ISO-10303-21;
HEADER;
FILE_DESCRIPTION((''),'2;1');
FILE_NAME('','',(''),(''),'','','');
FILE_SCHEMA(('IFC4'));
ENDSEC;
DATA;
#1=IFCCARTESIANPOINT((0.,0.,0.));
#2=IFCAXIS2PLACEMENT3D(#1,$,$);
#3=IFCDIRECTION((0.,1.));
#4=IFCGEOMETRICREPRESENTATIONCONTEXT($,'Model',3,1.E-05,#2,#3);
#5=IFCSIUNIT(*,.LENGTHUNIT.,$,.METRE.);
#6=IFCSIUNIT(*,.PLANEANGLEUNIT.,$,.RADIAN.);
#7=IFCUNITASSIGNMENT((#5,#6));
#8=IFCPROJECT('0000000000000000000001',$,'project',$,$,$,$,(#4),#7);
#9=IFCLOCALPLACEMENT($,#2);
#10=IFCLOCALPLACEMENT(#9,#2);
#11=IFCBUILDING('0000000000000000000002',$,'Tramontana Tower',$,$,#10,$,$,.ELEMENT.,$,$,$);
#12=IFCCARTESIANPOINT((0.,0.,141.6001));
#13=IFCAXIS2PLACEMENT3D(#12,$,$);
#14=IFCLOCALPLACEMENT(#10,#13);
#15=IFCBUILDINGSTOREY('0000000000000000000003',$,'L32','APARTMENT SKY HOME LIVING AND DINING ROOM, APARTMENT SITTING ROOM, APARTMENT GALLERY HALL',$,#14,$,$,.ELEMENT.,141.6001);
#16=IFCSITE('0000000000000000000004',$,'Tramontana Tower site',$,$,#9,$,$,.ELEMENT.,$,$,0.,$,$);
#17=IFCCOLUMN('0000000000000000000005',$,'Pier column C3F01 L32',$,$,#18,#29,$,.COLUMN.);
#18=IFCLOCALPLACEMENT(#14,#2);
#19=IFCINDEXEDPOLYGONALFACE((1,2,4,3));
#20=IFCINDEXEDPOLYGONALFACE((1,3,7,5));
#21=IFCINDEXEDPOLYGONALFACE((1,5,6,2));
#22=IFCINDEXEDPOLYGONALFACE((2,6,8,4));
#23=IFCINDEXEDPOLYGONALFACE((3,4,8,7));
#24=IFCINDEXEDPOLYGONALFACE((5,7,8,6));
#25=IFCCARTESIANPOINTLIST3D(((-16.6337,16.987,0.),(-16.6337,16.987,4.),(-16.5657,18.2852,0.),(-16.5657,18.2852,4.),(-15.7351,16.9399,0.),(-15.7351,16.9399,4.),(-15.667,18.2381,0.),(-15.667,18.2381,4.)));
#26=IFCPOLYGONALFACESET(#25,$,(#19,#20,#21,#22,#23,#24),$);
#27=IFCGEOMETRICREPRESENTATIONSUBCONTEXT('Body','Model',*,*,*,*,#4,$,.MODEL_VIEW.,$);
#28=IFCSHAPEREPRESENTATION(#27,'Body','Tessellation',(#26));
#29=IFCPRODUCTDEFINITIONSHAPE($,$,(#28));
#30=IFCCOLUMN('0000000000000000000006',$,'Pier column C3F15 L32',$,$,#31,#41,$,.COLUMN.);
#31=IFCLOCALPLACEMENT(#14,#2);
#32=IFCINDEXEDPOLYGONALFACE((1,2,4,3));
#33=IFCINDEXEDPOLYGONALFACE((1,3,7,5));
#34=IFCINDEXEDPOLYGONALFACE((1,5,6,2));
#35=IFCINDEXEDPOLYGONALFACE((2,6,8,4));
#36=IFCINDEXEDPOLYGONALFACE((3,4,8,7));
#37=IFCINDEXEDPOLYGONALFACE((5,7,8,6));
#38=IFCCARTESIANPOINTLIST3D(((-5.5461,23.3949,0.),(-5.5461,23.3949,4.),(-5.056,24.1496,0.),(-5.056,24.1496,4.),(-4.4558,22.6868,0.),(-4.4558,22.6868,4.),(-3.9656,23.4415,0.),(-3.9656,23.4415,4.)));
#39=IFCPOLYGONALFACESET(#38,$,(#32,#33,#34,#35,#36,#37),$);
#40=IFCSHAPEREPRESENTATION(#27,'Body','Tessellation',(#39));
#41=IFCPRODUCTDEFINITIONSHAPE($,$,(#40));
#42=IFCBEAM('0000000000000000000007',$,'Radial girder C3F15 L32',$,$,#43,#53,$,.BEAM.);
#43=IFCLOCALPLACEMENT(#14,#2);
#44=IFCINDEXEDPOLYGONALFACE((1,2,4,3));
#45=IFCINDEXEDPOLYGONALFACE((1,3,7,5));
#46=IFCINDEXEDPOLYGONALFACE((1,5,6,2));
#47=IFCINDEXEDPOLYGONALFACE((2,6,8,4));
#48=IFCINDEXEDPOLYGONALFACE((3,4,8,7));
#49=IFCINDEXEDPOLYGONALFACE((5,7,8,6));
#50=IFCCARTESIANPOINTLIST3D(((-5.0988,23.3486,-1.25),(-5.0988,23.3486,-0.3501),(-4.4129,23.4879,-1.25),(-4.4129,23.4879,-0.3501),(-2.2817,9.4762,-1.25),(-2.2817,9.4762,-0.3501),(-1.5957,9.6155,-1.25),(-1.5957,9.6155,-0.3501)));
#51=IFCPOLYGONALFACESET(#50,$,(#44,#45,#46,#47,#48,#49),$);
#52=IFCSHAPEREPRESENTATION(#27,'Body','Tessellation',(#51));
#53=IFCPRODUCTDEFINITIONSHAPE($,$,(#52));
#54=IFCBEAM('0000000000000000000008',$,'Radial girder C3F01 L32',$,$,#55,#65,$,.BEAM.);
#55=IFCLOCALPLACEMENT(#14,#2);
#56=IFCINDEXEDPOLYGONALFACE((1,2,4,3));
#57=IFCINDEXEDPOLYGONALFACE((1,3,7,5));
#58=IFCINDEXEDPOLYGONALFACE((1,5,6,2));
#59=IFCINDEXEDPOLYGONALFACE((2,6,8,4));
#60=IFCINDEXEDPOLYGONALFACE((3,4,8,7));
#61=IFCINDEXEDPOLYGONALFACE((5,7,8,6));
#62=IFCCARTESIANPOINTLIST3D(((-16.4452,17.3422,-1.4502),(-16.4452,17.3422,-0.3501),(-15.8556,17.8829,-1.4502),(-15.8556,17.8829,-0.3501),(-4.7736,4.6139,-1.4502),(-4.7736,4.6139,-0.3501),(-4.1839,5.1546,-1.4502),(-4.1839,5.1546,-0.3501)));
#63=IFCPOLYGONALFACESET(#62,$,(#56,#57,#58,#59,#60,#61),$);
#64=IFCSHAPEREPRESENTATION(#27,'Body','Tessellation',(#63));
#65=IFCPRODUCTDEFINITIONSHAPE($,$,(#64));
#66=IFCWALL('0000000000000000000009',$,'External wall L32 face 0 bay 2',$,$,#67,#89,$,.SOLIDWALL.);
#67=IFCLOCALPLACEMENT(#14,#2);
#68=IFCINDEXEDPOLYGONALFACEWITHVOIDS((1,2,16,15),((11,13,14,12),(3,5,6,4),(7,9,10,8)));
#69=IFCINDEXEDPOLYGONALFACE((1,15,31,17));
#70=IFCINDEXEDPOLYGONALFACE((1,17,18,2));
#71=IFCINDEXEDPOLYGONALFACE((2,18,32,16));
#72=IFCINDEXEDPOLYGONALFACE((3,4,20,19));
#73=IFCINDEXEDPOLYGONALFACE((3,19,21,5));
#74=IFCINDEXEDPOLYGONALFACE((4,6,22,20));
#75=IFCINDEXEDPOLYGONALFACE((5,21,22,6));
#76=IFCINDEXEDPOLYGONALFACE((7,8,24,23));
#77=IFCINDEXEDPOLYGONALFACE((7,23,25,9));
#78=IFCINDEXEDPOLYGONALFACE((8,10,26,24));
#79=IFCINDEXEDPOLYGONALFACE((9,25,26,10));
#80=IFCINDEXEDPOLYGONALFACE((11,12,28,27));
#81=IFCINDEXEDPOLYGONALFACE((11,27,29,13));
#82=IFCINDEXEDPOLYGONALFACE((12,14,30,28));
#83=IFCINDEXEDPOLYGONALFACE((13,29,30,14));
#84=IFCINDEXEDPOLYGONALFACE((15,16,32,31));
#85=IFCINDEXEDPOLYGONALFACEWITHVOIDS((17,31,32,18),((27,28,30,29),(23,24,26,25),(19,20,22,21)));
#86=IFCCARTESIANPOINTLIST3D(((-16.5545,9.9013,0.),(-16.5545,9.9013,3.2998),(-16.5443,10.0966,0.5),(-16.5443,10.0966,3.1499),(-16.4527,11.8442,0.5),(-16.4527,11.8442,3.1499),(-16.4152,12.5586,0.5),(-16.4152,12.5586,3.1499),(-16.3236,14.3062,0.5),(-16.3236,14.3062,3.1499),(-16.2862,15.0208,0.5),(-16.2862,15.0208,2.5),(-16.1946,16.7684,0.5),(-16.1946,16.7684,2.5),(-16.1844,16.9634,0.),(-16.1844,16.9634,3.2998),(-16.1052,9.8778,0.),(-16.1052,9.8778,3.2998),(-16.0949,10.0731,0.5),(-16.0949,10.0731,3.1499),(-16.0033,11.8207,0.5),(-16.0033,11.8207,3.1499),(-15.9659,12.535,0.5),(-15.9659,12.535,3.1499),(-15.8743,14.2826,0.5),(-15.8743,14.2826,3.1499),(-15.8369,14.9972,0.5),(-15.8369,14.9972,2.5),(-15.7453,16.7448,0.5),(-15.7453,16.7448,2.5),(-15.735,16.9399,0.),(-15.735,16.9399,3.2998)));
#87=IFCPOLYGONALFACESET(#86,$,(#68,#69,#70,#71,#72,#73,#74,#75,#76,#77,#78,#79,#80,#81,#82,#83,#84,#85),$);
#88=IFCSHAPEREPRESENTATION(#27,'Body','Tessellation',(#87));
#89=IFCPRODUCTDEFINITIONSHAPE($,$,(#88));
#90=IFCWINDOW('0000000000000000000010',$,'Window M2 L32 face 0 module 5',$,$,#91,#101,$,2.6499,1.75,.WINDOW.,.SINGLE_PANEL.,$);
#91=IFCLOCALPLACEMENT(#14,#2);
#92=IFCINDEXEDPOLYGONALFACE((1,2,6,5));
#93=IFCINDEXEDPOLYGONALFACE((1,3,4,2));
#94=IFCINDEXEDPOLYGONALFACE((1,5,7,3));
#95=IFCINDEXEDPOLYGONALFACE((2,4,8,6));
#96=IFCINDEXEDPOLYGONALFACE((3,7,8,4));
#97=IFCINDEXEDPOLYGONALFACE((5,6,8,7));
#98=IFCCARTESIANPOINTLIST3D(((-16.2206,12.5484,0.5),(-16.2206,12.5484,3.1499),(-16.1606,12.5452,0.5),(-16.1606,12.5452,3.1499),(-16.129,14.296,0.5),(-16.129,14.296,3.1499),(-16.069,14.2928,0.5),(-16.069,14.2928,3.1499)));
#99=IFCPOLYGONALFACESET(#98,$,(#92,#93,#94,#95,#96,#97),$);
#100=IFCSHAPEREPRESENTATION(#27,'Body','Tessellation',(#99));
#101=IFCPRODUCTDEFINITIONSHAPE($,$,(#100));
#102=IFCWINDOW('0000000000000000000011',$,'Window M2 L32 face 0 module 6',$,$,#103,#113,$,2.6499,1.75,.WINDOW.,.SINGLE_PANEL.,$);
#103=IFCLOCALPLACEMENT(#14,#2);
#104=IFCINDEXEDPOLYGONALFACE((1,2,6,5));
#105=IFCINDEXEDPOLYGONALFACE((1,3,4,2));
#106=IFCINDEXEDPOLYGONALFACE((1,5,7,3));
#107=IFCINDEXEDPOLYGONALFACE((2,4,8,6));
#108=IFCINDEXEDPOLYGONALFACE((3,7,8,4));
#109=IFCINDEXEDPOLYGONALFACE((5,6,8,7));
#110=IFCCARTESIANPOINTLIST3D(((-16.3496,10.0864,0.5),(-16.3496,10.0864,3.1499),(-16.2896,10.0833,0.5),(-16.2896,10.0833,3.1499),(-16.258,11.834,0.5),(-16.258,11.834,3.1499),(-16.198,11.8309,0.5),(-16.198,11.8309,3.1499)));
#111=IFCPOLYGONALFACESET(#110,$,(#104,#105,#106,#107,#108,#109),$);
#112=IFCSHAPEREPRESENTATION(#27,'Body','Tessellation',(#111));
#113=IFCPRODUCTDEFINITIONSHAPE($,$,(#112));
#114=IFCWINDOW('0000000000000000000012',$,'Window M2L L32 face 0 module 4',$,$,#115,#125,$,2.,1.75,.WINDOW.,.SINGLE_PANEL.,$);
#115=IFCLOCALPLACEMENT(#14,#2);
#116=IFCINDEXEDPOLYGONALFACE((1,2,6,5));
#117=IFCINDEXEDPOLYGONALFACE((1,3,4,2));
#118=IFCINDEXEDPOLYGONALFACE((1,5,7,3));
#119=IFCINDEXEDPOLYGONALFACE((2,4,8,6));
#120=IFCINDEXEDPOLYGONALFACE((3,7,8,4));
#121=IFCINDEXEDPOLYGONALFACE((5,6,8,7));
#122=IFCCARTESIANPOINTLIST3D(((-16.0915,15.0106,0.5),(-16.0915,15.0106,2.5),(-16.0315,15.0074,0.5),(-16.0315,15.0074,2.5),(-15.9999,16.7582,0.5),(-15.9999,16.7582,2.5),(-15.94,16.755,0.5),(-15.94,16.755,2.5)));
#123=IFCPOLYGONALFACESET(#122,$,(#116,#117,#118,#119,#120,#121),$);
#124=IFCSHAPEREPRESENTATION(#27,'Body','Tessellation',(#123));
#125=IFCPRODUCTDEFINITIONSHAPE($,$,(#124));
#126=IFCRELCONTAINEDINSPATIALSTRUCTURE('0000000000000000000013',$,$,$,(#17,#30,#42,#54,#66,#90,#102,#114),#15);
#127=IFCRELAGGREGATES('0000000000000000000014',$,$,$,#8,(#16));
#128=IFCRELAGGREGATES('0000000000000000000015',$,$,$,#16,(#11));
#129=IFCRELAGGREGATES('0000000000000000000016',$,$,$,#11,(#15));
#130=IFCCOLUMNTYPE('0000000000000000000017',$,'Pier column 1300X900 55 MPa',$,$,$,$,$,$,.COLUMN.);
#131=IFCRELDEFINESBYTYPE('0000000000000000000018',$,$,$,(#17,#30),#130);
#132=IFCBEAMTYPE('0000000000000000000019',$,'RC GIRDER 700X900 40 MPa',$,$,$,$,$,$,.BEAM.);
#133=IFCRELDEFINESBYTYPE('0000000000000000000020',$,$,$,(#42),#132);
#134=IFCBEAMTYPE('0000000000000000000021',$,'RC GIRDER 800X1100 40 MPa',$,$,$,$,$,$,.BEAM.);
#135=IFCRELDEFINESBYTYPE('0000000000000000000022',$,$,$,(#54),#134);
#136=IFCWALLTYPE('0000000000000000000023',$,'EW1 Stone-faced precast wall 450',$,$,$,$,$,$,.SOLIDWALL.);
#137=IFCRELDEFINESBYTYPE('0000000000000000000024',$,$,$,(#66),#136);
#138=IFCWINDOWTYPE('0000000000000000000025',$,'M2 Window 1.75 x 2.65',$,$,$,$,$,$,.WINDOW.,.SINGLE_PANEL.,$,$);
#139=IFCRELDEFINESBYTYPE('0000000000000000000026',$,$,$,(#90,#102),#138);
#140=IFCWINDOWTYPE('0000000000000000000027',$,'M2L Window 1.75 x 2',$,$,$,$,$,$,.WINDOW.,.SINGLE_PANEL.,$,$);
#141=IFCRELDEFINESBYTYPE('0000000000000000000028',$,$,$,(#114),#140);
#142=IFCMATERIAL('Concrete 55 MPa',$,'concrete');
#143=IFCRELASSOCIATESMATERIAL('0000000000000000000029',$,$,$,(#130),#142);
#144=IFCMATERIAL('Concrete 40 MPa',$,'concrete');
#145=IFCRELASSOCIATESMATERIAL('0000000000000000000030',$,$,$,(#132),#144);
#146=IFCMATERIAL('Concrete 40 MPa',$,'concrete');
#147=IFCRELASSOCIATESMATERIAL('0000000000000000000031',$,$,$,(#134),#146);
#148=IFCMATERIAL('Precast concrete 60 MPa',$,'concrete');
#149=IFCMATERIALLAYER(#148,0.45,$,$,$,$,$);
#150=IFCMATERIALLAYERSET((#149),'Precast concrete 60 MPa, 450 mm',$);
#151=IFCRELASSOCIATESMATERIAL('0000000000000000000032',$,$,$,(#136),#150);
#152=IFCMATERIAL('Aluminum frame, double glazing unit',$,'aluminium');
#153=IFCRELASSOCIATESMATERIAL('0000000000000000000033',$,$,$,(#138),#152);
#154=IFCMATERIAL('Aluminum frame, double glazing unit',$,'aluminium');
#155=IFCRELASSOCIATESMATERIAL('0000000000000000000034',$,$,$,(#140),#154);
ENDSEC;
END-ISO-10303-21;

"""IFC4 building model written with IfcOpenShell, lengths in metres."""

from ifc_helpers import new_model, si_unit, direction, frame, frame_2d, origin, origin_2d, place, context, subcontext, project, spatial, rectangle, extrude, material, layer, layer_set, material_profile, profile_set, type_object, element, fill, save


model = new_model("IFC4")

# Units and contexts
model_context = context("Model", 3, precision=1e-05, world=origin(), true_north=direction((0.0, 1.0)))
body_context = subcontext(model_context, "Body", "Model", "MODEL_VIEW")
ifc_project = project(units=[si_unit("LENGTHUNIT", "METRE"), si_unit("PLANEANGLEUNIT", "RADIAN")], contexts=[model_context])

# Site, building, storey
site_placement = place(None, origin())
site = spatial("IfcSite", under=ifc_project, at=site_placement, Name="Tramontana Tower site", CompositionType="ELEMENT", RefElevation=0.0)
building_placement = place(site_placement, origin())
building = spatial("IfcBuilding", under=site, at=building_placement, Name="Tramontana Tower", CompositionType="ELEMENT")
storey_placement = place(building_placement, frame((0.0, 0.0, 141.6001)))
storey = spatial("IfcBuildingStorey", under=building, at=storey_placement, Name="L32", Description="APARTMENT SKY HOME LIVING AND DINING ROOM, APARTMENT SITTING ROOM, APARTMENT GALLERY HALL", CompositionType="ELEMENT", Elevation=141.6001)

# Columns
ifc_material_1 = material(Name="Concrete 55 MPa", Category="concrete")
ifc_material_profile_1 = material_profile(ifc_material_1, rectangle(XDim=1.3, YDim=0.8999, at=origin_2d()), Name="Pier column 1300X900 55 MPa")
ifc_profile_set_1 = profile_set([ifc_material_profile_1], Name="Concrete 55 MPa")
column_type = type_object("IfcColumnType", Name="Pier column 1300X900 55 MPa", PredefinedType="COLUMN", material=ifc_profile_set_1)
for number, where, z_axis, x_axis, name in (
    (1, (-16.1504, 17.6125, 0.0), (0.0, 0.0, 1.0), (-0.052336, -0.99863, 0.0), "Pier column C3F01 L32"),
    (2, (-4.7559, 23.4182, 0.0), (0.0, 0.0, 1.0), (-0.838671, 0.544639, 0.0), "Pier column C3F15 L32"),
):
    element("IfcColumn", number, at=place(storey_placement, frame(where, z_axis=z_axis, x_axis=x_axis)), inside=storey, type_object=column_type, Name=name, PredefinedType="COLUMN", context=body_context, shape_type="SweptSolid", body=[
        extrude(rectangle(XDim=1.3, YDim=0.8999, at=origin_2d()), origin(), (0.0, 0.0, 1.0), 4.0),
    ])

# Beams
ifc_material_2 = material(Name="Concrete 40 MPa", Category="concrete")
ifc_material_profile_2 = material_profile(ifc_material_2, rectangle(XDim=0.7, YDim=0.8999, at=origin_2d()), Name="RC GIRDER 700X900 40 MPa")
ifc_profile_set_2 = profile_set([ifc_material_profile_2], Name="Concrete 40 MPa")
beam_type_1 = type_object("IfcBeamType", Name="RC GIRDER 700X900 40 MPa", PredefinedType="BEAM", material=ifc_profile_set_2)
beam_1_placement = place(storey_placement, frame((-4.7559, 23.4182, -0.8), z_axis=(0.199014, -0.979997, 0.0), x_axis=(0.979997, 0.199014, 0.0)))
element("IfcBeam", 3, at=beam_1_placement, inside=storey, type_object=beam_type_1, Name="Radial girder C3F15 L32", PredefinedType="BEAM", context=body_context, shape_type="SweptSolid", body=[
    extrude(rectangle(XDim=0.7, YDim=0.8999, at=origin_2d()), origin(), (0.0, 0.0, 1.0), 14.1555),
])
ifc_material_3 = material(Name="Concrete 40 MPa", Category="concrete")
ifc_material_profile_3 = material_profile(ifc_material_3, rectangle(XDim=0.8, YDim=1.1001, at=origin_2d()), Name="RC GIRDER 800X1100 40 MPa")
ifc_profile_set_3 = profile_set([ifc_material_profile_3], Name="Concrete 40 MPa")
beam_type_2 = type_object("IfcBeamType", Name="RC GIRDER 800X1100 40 MPa", PredefinedType="BEAM", material=ifc_profile_set_3)
beam_2_placement = place(storey_placement, frame((-16.1504, 17.6125, -0.9001), z_axis=(0.675852, -0.737037, 0.0), x_axis=(0.737037, 0.675852, 0.0)))
element("IfcBeam", 4, at=beam_2_placement, inside=storey, type_object=beam_type_2, Name="Radial girder C3F01 L32", PredefinedType="BEAM", context=body_context, shape_type="SweptSolid", body=[
    extrude(rectangle(XDim=0.8, YDim=1.1001, at=origin_2d()), origin(), (0.0, 0.0, 1.0), 17.2695),
])

# Wall, openings, windows
ifc_material_4 = material(Name="Precast concrete 60 MPa", Category="concrete")
ifc_layer_1 = layer(ifc_material_4, 0.45)
ifc_layer_set_1 = layer_set([ifc_layer_1], Name="Precast concrete 60 MPa, 450 mm")
wall_type_1 = type_object("IfcWallType", Name="EW1 Stone-faced precast wall 450", PredefinedType="SOLIDWALL", material=ifc_layer_set_1)
wall_1_placement = place(storey_placement, frame((-15.9597, 16.9517, 0.0), z_axis=(0.0, 0.0, 1.0), x_axis=(-0.052338, -0.998629, 0.0)))
wall_1 = element("IfcWall", 5, at=wall_1_placement, inside=storey, type_object=wall_type_1, Name="External wall L32 face 0 bay 2", PredefinedType="SOLIDWALL", context=body_context, shape_type="SweptSolid", body=[
    extrude(rectangle(XDim=7.0718, YDim=0.45, at=frame_2d((3.5359, 0.0))), origin(), (0.0, 0.0, 1.0), 3.2998),
])
opening_1_placement = place(wall_1_placement, frame((0.1953, 0.0, 0.5)))
opening_1 = element("IfcOpeningElement", 6, at=opening_1_placement, cuts=wall_1, PredefinedType="OPENING", context=body_context, shape_type="SweptSolid", body=[
    extrude(rectangle(XDim=1.75, YDim=2.0, at=frame_2d((0.875, 1.0))), frame((0.0, 0.2349, 0.0), z_axis=(0.0, -1.0, 0.0), x_axis=(1.0, 0.0, 0.0)), (0.0, 0.0, 1.0), 0.47),
])
opening_2_placement = place(wall_1_placement, frame((2.6609, 0.0, 0.5)))
opening_2 = element("IfcOpeningElement", 7, at=opening_2_placement, cuts=wall_1, PredefinedType="OPENING", context=body_context, shape_type="SweptSolid", body=[
    extrude(rectangle(XDim=1.75, YDim=2.6499, at=frame_2d((0.875, 1.325))), frame((0.0, 0.2349, 0.0), z_axis=(0.0, -1.0, 0.0), x_axis=(1.0, 0.0, 0.0)), (0.0, 0.0, 1.0), 0.47),
])
opening_3_placement = place(wall_1_placement, frame((5.1262, 0.0, 0.5)))
opening_3 = element("IfcOpeningElement", 8, at=opening_3_placement, cuts=wall_1, PredefinedType="OPENING", context=body_context, shape_type="SweptSolid", body=[
    extrude(rectangle(XDim=1.75, YDim=2.6499, at=frame_2d((0.875, 1.325))), frame((0.0, 0.2349, 0.0), z_axis=(0.0, -1.0, 0.0), x_axis=(1.0, 0.0, 0.0)), (0.0, 0.0, 1.0), 0.47),
])
ifc_material_5 = material(Name="Aluminum frame, double glazing unit", Category="aluminium")
window_type_1 = type_object("IfcWindowType", Name="M2 Window 1.75 x 2.65", PartitioningType="SINGLE_PANEL", PredefinedType="WINDOW", material=ifc_material_5)
window_1_placement = place(opening_2_placement, origin())
window_1 = element("IfcWindow", 9, at=window_1_placement, inside=storey, type_object=window_type_1, Name="Window M2 L32 face 0 module 5", OverallHeight=2.6499, OverallWidth=1.75, PartitioningType="SINGLE_PANEL", PredefinedType="WINDOW", context=body_context, shape_type="SweptSolid", body=[
    extrude(rectangle(XDim=1.75, YDim=2.6499, at=frame_2d((0.875, 1.325))), frame((0.0, 0.03, 0.0), z_axis=(0.0, -1.0, 0.0), x_axis=(1.0, 0.0, 0.0)), (0.0, 0.0, 1.0), 0.0601),
])
fill(opening_2, window_1)
window_2_placement = place(opening_3_placement, origin())
window_2 = element("IfcWindow", 10, at=window_2_placement, inside=storey, type_object=window_type_1, Name="Window M2 L32 face 0 module 6", OverallHeight=2.6499, OverallWidth=1.75, PartitioningType="SINGLE_PANEL", PredefinedType="WINDOW", context=body_context, shape_type="SweptSolid", body=[
    extrude(rectangle(XDim=1.75, YDim=2.6499, at=frame_2d((0.875, 1.325))), frame((0.0, 0.03, 0.0), z_axis=(0.0, -1.0, 0.0), x_axis=(1.0, 0.0, 0.0)), (0.0, 0.0, 1.0), 0.0601),
])
fill(opening_3, window_2)
ifc_material_6 = material(Name="Aluminum frame, double glazing unit", Category="aluminium")
window_type_2 = type_object("IfcWindowType", Name="M2L Window 1.75 x 2", PartitioningType="SINGLE_PANEL", PredefinedType="WINDOW", material=ifc_material_6)
window_3_placement = place(opening_1_placement, origin())
window_3 = element("IfcWindow", 11, at=window_3_placement, inside=storey, type_object=window_type_2, Name="Window M2L L32 face 0 module 4", OverallHeight=2.0, OverallWidth=1.75, PartitioningType="SINGLE_PANEL", PredefinedType="WINDOW", context=body_context, shape_type="SweptSolid", body=[
    extrude(rectangle(XDim=1.75, YDim=2.0, at=frame_2d((0.875, 1.0))), frame((0.0, 0.03, 0.0), z_axis=(0.0, -1.0, 0.0), x_axis=(1.0, 0.0, 0.0)), (0.0, 0.0, 1.0), 0.0601),
])
fill(opening_1, window_3)

save(model, "model.ifc")
